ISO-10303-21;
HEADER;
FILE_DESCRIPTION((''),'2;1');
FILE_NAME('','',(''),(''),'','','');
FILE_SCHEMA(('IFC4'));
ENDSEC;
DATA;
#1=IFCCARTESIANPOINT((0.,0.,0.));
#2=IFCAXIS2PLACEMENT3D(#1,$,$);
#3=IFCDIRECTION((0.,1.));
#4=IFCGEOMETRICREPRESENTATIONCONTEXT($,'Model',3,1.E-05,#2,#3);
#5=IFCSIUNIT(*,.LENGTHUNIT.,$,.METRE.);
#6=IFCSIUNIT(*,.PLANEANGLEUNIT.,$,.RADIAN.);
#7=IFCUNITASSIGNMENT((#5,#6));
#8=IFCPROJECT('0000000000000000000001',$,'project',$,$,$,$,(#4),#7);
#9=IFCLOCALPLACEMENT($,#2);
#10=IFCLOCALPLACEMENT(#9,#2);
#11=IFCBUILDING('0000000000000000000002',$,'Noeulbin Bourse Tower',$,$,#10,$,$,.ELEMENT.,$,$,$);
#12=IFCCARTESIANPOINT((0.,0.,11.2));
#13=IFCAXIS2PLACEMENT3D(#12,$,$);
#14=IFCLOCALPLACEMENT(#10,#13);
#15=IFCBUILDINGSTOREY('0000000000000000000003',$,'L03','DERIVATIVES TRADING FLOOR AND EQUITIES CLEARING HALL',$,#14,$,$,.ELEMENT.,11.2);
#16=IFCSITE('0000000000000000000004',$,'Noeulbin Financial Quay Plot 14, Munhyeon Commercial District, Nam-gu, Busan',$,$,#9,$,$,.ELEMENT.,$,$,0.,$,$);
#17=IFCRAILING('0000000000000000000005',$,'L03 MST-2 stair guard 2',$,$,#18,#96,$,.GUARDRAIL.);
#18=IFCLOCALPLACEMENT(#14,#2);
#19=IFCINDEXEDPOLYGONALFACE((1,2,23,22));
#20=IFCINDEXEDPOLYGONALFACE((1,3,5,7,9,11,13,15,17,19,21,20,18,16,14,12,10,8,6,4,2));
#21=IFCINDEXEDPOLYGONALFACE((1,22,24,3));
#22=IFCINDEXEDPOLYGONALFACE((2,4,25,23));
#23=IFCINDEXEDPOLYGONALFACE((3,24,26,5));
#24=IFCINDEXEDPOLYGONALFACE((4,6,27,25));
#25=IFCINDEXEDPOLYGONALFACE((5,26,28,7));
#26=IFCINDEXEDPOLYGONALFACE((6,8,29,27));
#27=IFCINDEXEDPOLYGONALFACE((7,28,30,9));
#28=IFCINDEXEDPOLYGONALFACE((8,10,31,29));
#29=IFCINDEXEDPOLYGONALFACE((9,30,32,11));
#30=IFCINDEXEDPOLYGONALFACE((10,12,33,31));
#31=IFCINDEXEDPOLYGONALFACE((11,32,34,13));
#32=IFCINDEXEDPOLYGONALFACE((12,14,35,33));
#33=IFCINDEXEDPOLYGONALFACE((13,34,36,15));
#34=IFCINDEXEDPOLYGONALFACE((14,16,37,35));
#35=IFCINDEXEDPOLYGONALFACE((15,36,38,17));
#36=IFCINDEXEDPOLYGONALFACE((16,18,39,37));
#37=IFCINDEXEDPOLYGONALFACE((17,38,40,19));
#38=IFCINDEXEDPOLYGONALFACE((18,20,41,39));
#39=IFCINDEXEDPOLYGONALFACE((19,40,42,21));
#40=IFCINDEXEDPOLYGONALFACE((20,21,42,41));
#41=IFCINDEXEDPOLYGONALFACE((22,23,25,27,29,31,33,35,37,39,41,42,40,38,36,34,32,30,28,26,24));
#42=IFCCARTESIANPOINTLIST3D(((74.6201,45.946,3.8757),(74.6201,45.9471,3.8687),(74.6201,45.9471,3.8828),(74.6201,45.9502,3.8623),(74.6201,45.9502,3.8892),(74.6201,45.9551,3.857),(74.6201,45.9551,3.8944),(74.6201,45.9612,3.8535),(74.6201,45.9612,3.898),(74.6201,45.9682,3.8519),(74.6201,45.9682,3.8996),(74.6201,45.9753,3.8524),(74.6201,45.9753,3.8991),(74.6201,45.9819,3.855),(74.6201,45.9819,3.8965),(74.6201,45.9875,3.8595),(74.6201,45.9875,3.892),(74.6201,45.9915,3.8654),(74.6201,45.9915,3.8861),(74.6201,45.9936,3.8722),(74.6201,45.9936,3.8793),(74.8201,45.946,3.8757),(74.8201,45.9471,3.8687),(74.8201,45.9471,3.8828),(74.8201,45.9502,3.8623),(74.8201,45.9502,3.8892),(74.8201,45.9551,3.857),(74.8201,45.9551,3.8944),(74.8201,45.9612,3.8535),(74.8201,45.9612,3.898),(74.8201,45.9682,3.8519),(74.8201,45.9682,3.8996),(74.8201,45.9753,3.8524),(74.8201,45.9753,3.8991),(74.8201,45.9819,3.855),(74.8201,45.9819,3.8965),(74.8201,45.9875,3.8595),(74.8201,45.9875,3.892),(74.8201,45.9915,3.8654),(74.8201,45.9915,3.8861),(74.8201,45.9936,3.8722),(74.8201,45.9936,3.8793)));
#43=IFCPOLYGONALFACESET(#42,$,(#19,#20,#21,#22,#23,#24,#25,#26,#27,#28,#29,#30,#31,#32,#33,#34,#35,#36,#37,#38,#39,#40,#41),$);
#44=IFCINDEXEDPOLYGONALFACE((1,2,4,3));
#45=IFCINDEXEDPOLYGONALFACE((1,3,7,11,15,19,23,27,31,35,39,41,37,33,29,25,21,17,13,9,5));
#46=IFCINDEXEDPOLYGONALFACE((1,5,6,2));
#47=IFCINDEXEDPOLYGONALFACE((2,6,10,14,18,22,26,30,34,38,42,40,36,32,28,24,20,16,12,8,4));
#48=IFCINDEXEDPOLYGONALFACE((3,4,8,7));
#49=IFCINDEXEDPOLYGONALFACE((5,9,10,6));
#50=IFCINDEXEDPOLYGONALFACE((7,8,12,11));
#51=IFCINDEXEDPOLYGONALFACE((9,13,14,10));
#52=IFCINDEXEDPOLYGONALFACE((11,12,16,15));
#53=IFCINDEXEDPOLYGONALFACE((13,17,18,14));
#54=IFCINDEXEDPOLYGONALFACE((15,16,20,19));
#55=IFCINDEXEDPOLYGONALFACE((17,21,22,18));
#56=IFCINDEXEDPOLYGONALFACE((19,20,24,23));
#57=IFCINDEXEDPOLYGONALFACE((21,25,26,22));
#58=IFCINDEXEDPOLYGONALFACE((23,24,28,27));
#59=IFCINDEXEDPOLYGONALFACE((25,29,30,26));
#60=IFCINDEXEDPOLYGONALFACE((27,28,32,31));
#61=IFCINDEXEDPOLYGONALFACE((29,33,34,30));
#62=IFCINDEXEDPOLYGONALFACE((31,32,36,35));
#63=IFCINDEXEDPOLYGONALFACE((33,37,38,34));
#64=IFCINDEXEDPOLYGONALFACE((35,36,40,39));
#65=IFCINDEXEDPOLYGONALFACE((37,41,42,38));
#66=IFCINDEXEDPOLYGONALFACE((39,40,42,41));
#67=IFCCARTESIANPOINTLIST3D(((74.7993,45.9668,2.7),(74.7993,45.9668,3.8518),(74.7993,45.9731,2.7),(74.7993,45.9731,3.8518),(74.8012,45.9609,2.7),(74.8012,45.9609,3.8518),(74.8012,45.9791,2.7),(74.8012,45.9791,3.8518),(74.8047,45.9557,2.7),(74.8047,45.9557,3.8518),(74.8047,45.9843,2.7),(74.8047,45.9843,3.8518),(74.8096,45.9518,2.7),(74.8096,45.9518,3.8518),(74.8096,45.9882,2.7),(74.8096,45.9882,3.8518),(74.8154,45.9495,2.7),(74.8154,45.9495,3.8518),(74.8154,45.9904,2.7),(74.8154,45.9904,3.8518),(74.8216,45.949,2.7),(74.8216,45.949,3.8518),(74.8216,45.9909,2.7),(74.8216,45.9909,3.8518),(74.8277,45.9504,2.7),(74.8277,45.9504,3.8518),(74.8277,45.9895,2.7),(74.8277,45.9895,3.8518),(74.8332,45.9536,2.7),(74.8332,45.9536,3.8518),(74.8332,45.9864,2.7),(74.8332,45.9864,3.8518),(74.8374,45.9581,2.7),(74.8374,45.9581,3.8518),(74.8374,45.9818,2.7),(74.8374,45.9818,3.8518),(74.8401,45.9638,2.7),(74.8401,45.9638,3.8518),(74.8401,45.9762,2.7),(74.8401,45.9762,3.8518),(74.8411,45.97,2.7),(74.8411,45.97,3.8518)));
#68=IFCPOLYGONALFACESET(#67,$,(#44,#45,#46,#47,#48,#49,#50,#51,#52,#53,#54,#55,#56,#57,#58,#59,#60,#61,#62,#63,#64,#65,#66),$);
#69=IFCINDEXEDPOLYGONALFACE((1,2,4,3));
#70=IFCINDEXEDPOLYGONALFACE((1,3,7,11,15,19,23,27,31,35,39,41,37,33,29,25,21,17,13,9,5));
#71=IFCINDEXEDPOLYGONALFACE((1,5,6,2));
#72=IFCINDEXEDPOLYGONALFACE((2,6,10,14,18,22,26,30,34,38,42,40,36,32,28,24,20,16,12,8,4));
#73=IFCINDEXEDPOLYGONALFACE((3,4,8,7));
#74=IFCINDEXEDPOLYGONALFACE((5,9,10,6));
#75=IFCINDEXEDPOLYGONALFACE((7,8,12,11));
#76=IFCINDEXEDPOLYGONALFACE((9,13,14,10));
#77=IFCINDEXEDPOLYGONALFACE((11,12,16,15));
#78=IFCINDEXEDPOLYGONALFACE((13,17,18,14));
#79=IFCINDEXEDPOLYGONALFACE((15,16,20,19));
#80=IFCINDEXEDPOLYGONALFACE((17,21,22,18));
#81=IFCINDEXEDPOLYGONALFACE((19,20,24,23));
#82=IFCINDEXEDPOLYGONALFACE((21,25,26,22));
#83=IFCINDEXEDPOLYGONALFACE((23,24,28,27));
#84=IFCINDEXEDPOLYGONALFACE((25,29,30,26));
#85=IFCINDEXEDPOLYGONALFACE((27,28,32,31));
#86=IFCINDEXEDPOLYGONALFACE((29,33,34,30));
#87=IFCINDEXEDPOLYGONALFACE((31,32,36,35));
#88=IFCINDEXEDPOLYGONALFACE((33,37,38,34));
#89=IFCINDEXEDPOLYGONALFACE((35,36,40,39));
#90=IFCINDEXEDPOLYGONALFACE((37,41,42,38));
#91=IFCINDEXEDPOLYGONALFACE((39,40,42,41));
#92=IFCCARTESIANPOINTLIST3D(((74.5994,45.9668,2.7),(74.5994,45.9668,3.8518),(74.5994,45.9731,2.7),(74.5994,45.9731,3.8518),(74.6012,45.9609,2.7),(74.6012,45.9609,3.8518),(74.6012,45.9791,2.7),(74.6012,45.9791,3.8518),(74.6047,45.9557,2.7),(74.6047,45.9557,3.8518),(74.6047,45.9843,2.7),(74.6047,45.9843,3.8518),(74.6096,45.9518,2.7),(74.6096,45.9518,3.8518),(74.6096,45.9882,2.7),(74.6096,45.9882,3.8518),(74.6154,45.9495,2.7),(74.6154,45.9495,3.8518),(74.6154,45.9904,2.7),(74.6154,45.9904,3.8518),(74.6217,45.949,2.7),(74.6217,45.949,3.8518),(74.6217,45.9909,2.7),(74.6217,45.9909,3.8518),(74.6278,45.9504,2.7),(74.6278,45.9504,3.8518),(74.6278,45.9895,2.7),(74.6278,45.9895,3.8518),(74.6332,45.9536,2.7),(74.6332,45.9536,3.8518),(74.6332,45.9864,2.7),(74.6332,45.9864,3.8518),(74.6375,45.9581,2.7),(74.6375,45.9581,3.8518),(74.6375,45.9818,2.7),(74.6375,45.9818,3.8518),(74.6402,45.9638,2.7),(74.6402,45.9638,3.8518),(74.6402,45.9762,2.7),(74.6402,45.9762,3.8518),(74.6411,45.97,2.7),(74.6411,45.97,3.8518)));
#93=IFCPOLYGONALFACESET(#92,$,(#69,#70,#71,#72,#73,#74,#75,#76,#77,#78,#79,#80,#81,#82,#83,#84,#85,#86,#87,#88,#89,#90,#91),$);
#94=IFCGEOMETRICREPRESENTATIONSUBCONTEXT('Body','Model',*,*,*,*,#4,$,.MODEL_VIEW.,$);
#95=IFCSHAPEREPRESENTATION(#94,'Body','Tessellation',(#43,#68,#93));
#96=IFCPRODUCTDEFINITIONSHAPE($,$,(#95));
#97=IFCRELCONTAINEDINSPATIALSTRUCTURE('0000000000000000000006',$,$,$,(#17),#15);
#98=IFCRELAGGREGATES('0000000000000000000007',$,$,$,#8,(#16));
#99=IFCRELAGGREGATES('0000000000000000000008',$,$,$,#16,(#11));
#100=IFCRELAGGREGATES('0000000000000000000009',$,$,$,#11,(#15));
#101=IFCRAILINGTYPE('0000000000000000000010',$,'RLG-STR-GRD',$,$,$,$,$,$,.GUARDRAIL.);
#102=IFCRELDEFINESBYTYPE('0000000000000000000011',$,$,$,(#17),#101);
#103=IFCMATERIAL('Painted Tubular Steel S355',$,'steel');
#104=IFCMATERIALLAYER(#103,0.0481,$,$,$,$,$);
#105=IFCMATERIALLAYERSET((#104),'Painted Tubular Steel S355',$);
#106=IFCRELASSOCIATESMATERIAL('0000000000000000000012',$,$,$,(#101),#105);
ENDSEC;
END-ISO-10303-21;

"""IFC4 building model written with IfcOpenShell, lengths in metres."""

from ifc_helpers import new_model, si_unit, direction, frame, origin, origin_2d, place, context, subcontext, project, spatial, circle, extrude, material, layer, layer_set, type_object, element, save


model = new_model("IFC4")

# Units and contexts
model_context = context("Model", 3, precision=1e-05, world=origin(), true_north=direction((0.0, 1.0)))
body_context = subcontext(model_context, "Body", "Model", "MODEL_VIEW")
ifc_project = project(units=[si_unit("LENGTHUNIT", "METRE"), si_unit("PLANEANGLEUNIT", "RADIAN")], contexts=[model_context])

# Site, building, storey
site_placement = place(None, origin())
site = spatial("IfcSite", under=ifc_project, at=site_placement, Name="Noeulbin Financial Quay Plot 14, Munhyeon Commercial District, Nam-gu, Busan", CompositionType="ELEMENT", RefElevation=0.0)
building_placement = place(site_placement, origin())
building = spatial("IfcBuilding", under=site, at=building_placement, Name="Noeulbin Bourse Tower", CompositionType="ELEMENT")
storey_placement = place(building_placement, frame((0.0, 0.0, 11.2)))
storey = spatial("IfcBuildingStorey", under=building, at=storey_placement, Name="L03", Description="DERIVATIVES TRADING FLOOR AND EQUITIES CLEARING HALL", CompositionType="ELEMENT", Elevation=11.2)

# Railing
ifc_material_1 = material(Name="Painted Tubular Steel S355", Category="steel")
ifc_layer_1 = layer(ifc_material_1, 0.0481)
ifc_layer_set_1 = layer_set([ifc_layer_1], Name="Painted Tubular Steel S355")
railing_type_1 = type_object("IfcRailingType", Name="RLG-STR-GRD", PredefinedType="GUARDRAIL", material=ifc_layer_set_1)
railing_1_placement = place(storey_placement, frame((74.8201, 45.97, 2.7)))
element("IfcRailing", 1, at=railing_1_placement, inside=storey, type_object=railing_type_1, Name="L03 MST-2 stair guard 2", PredefinedType="GUARDRAIL", context=body_context, shape_type="SweptSolid", body=[
    extrude(circle(Radius=0.0239, at=origin_2d()), frame((0.0, 0.0, 1.1758), z_axis=(-1.0, 0.0, 0.0), x_axis=(0.0, -1.0, 0.0)), (0.0, 0.0, 1.0), 0.2),
    extrude(circle(Radius=0.021, at=origin_2d()), origin(), (0.0, 0.0, 1.0), 1.1519),
    extrude(circle(Radius=0.021, at=origin_2d()), frame((-0.2, 0.0, 0.0)), (0.0, 0.0, 1.0), 1.1519),
])

save(model, "model.ifc")
